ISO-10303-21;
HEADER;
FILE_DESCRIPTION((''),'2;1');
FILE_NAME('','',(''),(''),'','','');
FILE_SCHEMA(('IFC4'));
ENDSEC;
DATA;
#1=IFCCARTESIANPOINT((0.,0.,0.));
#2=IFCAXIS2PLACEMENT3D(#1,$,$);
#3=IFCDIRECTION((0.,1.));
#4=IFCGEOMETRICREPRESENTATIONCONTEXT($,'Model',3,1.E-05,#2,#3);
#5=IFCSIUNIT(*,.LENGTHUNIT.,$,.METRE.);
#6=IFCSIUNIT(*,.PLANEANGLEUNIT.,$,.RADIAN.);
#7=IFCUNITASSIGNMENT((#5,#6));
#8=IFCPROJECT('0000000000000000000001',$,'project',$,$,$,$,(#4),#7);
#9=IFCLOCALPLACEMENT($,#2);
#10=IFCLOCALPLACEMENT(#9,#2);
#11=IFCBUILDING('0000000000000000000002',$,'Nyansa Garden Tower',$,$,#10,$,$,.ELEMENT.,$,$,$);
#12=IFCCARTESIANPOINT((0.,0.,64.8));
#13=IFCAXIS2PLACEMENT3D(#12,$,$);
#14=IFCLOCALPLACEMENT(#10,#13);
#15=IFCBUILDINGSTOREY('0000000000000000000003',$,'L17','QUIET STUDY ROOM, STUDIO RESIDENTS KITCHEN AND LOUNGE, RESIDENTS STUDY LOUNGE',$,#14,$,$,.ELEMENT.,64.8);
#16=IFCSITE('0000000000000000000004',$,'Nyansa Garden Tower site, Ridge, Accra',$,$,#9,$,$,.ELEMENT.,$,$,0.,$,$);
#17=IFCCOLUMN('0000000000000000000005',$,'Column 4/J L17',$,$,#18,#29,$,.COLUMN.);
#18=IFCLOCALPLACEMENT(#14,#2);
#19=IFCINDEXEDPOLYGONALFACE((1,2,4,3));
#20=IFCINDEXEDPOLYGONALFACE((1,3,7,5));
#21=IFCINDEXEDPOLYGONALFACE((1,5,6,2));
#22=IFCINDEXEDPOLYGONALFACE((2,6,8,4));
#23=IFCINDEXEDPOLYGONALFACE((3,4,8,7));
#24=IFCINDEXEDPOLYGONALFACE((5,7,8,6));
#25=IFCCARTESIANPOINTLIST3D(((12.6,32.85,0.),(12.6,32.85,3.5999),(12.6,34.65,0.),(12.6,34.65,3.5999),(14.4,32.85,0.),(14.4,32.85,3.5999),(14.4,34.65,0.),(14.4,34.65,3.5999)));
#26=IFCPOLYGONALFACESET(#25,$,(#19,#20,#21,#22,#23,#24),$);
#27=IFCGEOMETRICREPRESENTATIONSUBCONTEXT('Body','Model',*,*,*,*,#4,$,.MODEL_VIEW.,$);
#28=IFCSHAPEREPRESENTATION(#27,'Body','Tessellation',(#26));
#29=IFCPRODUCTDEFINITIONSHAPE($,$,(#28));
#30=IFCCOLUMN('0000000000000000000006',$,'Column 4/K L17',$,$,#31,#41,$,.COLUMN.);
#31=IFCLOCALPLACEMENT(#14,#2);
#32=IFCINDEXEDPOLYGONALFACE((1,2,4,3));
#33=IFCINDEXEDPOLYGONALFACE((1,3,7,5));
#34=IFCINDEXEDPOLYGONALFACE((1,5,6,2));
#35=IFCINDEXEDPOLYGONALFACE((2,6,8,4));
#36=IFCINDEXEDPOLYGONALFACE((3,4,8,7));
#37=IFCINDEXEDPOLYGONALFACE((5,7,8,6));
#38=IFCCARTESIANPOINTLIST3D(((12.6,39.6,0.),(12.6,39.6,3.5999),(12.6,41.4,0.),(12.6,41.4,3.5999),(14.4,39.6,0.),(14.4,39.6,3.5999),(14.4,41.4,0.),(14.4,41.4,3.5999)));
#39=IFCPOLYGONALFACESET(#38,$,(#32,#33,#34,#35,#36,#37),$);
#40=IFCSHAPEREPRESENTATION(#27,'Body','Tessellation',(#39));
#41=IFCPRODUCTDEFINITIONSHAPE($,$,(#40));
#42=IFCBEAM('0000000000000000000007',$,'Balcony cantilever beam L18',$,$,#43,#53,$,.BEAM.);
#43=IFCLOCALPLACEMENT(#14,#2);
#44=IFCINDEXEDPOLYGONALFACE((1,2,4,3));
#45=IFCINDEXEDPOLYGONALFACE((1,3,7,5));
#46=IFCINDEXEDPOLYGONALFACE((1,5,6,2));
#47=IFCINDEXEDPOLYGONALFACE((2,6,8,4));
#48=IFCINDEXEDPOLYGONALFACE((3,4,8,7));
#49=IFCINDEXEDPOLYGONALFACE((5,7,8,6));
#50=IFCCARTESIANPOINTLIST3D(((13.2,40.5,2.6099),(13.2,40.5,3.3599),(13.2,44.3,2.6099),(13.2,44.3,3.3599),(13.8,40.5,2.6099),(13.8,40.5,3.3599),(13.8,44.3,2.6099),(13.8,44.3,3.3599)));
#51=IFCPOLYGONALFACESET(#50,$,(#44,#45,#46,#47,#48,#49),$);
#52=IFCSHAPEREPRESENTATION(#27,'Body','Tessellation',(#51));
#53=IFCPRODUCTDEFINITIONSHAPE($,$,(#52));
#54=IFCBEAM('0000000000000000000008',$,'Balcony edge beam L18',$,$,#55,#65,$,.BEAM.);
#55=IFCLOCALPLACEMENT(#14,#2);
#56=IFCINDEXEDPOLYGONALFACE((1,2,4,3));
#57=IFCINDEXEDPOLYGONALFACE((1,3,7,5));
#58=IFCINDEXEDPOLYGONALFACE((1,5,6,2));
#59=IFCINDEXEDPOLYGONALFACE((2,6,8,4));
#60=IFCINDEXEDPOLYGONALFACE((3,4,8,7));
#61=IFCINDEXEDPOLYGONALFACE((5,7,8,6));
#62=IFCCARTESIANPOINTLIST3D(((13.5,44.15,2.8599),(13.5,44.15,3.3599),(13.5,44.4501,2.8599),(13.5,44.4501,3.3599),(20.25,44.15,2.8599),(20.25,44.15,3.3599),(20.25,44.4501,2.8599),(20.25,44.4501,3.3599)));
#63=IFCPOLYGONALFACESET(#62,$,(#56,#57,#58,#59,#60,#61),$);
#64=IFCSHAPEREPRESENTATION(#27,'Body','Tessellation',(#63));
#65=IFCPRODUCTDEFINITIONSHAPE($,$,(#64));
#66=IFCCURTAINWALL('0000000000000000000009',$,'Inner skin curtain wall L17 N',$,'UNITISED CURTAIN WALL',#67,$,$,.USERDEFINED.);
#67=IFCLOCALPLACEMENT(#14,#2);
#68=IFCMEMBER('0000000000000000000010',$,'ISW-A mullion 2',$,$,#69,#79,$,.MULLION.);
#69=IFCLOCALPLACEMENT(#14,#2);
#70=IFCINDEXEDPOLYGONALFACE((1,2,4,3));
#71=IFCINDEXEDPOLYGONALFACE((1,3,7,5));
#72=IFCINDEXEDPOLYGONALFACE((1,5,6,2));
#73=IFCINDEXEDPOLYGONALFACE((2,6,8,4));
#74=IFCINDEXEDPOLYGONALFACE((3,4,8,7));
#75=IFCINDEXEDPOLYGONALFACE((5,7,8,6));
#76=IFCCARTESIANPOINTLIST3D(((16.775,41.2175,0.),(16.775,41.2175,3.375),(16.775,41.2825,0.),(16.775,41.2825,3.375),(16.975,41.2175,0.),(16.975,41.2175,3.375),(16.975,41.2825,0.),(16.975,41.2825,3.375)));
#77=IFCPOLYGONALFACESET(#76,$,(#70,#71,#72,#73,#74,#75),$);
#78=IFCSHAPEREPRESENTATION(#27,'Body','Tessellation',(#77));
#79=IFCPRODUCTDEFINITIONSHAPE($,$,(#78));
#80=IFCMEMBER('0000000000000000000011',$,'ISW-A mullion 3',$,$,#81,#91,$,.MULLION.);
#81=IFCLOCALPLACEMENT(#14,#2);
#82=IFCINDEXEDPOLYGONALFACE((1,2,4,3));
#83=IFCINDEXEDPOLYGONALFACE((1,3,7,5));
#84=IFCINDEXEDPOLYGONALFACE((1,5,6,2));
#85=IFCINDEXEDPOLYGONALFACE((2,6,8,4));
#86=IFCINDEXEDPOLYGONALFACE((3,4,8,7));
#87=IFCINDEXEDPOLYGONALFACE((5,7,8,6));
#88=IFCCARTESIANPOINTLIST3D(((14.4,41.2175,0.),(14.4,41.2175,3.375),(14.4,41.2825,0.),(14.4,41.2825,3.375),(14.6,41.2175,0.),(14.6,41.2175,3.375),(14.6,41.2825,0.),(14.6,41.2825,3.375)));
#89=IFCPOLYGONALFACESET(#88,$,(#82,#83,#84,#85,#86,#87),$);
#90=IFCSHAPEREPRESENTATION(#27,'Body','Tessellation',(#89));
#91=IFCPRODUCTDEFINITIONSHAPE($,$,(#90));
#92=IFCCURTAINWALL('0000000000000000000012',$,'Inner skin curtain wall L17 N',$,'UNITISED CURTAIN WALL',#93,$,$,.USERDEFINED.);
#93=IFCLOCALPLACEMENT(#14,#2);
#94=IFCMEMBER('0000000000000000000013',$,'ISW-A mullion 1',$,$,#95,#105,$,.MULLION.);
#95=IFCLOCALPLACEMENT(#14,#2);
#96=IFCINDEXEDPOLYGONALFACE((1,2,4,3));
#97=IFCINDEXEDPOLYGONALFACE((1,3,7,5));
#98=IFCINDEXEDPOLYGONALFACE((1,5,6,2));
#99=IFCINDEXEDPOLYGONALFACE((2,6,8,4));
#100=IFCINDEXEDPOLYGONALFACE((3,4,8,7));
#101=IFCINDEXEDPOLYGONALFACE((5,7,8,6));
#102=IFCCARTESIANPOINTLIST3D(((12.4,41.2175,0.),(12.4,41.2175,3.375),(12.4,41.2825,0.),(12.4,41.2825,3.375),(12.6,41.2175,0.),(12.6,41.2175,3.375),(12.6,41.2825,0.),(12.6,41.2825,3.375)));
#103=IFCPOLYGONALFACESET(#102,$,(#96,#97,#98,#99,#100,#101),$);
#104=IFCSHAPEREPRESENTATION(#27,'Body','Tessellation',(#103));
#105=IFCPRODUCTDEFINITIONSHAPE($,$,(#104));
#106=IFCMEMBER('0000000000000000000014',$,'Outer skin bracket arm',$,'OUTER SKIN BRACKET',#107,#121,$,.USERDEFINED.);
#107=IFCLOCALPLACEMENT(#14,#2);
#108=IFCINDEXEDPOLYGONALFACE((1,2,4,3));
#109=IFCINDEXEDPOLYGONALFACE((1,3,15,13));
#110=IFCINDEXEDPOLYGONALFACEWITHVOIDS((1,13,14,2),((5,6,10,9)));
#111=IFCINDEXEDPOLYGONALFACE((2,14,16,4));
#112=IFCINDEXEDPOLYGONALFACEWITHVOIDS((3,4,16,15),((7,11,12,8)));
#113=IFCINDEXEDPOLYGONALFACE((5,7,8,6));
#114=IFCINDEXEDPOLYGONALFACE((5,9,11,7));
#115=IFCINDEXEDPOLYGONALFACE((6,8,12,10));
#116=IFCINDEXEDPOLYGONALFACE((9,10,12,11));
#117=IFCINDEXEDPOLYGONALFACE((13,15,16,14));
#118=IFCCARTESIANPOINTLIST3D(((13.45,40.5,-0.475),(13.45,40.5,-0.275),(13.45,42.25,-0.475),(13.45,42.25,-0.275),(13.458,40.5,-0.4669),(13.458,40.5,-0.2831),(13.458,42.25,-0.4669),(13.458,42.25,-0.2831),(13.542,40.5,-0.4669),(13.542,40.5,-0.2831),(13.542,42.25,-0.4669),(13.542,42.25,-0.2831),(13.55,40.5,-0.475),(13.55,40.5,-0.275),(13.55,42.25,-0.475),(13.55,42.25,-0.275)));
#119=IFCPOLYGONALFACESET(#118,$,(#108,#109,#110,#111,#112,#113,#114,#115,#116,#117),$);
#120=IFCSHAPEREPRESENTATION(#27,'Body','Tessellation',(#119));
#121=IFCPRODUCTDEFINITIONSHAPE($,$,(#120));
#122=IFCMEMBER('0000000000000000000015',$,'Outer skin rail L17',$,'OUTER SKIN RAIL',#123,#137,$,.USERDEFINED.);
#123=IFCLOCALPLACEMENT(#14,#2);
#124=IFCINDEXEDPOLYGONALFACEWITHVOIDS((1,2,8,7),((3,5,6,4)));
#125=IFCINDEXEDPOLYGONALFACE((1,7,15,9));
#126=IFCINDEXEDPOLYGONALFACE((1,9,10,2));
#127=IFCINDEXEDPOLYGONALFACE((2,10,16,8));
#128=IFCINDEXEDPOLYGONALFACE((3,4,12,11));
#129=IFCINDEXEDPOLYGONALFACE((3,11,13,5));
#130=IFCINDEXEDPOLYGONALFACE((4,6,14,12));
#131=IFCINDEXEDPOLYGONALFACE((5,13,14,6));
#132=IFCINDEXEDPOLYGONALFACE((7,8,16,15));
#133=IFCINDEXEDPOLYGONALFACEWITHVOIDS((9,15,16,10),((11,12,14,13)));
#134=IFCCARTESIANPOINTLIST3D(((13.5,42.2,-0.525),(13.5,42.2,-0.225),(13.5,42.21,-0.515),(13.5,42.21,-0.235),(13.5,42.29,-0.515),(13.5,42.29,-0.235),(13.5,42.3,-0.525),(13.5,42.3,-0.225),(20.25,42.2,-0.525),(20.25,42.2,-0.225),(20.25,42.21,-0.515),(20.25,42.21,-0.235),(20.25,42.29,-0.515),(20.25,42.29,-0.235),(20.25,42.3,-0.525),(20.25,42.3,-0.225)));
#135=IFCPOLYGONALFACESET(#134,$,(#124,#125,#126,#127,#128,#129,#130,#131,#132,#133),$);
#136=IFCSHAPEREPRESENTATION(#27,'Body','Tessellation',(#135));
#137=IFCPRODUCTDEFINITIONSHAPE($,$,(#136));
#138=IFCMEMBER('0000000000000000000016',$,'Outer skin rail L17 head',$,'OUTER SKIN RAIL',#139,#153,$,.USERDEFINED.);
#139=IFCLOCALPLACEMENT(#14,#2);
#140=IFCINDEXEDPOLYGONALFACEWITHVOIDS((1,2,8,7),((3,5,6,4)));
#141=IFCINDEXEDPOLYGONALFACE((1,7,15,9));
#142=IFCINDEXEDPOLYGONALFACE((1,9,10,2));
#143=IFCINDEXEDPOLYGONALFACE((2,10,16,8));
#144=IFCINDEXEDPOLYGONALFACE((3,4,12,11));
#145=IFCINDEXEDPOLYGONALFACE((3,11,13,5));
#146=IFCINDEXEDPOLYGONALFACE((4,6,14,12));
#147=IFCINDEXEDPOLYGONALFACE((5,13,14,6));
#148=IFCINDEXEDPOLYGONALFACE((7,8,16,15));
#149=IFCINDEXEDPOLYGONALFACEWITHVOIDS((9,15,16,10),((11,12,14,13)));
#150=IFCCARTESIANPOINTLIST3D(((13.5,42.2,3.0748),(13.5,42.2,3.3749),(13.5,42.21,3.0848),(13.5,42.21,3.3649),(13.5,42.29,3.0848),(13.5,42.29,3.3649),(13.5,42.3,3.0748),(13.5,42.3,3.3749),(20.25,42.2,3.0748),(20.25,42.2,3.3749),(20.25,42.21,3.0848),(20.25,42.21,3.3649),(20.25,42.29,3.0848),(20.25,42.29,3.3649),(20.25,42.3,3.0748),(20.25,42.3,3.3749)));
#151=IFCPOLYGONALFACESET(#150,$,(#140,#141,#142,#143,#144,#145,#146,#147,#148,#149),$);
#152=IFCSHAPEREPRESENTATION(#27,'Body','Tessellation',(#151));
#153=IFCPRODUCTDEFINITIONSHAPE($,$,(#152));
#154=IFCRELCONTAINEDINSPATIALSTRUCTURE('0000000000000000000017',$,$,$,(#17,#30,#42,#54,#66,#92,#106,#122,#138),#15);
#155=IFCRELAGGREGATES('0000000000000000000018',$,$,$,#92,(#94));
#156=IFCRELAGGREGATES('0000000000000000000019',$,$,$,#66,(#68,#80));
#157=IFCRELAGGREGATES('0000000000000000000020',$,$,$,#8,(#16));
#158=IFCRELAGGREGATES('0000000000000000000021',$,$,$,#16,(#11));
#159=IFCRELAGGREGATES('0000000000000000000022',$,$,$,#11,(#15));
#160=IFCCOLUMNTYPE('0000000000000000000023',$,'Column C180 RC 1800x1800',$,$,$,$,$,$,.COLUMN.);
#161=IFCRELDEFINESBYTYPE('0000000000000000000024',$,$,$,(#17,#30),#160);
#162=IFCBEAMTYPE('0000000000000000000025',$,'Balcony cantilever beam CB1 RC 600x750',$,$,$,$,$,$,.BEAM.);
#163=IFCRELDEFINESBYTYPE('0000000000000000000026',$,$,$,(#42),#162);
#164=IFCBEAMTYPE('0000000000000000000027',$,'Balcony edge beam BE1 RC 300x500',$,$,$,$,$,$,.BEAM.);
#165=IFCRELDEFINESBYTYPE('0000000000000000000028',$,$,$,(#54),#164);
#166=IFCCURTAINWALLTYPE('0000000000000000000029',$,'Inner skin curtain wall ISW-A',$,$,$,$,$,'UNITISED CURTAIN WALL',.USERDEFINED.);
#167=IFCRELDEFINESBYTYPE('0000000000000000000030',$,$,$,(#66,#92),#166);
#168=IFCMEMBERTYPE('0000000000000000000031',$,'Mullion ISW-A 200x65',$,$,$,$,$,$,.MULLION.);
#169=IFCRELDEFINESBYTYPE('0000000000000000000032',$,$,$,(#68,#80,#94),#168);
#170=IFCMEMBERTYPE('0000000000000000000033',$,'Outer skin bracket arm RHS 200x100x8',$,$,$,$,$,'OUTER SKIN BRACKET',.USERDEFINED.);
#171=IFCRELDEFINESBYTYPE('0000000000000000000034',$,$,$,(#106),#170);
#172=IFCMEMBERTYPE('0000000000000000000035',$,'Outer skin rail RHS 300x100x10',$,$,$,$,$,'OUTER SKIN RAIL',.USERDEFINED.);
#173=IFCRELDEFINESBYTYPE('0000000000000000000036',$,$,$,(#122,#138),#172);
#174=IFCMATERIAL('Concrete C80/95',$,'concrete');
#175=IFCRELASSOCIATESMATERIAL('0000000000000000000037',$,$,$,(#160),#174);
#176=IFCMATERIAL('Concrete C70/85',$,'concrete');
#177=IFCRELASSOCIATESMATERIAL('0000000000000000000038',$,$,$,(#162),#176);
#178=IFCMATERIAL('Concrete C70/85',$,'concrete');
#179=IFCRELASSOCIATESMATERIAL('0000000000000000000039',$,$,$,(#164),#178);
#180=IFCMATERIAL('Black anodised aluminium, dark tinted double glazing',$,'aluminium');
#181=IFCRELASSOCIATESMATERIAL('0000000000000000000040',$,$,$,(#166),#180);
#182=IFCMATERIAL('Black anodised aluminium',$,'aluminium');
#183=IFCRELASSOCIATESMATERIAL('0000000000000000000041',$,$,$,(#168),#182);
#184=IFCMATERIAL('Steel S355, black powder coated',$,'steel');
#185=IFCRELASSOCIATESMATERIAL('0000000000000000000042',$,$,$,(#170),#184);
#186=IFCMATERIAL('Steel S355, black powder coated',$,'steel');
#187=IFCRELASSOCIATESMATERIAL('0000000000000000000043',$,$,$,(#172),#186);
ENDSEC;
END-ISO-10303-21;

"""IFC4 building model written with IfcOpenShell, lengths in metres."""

from ifc_helpers import new_model, si_unit, direction, frame, origin, origin_2d, place, context, subcontext, project, spatial, rectangle, hollow_rectangle, extrude, material, material_profile, profile_set, type_object, element, aggregate, save


model = new_model("IFC4")

# Units and contexts
model_context = context("Model", 3, precision=1e-05, world=origin(), true_north=direction((0.0, 1.0)))
body_context = subcontext(model_context, "Body", "Model", "MODEL_VIEW")
ifc_project = project(units=[si_unit("LENGTHUNIT", "METRE"), si_unit("PLANEANGLEUNIT", "RADIAN")], contexts=[model_context])

# Site, building, storey
site_placement = place(None, origin())
site = spatial("IfcSite", under=ifc_project, at=site_placement, Name="Nyansa Garden Tower site, Ridge, Accra", CompositionType="ELEMENT", RefElevation=0.0)
building_placement = place(site_placement, origin())
building = spatial("IfcBuilding", under=site, at=building_placement, Name="Nyansa Garden Tower", CompositionType="ELEMENT")
storey_placement = place(building_placement, frame((0.0, 0.0, 64.8)))
storey = spatial("IfcBuildingStorey", under=building, at=storey_placement, Name="L17", Description="QUIET STUDY ROOM, STUDIO RESIDENTS KITCHEN AND LOUNGE, RESIDENTS STUDY LOUNGE", CompositionType="ELEMENT", Elevation=64.8)

# Columns
ifc_material_1 = material(Name="Concrete C80/95", Category="concrete")
ifc_material_profile_1 = material_profile(ifc_material_1, rectangle(XDim=1.8, YDim=1.8, at=origin_2d()), Name="RC 1800x1800")
ifc_profile_set_1 = profile_set([ifc_material_profile_1], Name="Concrete C80/95")
column_type = type_object("IfcColumnType", Name="Column C180 RC 1800x1800", PredefinedType="COLUMN", material=ifc_profile_set_1)
for number, where, z_axis, x_axis, name in (
    (1, (13.5, 33.75, 0.0), (0.0, 0.0, 1.0), (1.0, 0.0, 0.0), "Column 4/J L17"),
    (2, (13.5, 40.5, 0.0), (0.0, 0.0, 1.0), (1.0, 0.0, 0.0), "Column 4/K L17"),
):
    element("IfcColumn", number, at=place(storey_placement, frame(where, z_axis=z_axis, x_axis=x_axis)), inside=storey, type_object=column_type, Name=name, PredefinedType="COLUMN", context=body_context, shape_type="SweptSolid", body=[
        extrude(rectangle(XDim=1.8, YDim=1.8, at=origin_2d()), origin(), (0.0, 0.0, 1.0), 3.5999),
    ])

# Beams
ifc_material_2 = material(Name="Concrete C70/85", Category="concrete")
ifc_material_profile_2 = material_profile(ifc_material_2, rectangle(XDim=0.6001, YDim=0.75, at=origin_2d()), Name="RC 600x750")
ifc_profile_set_2 = profile_set([ifc_material_profile_2], Name="Concrete C70/85")
beam_type_1 = type_object("IfcBeamType", Name="Balcony cantilever beam CB1 RC 600x750", PredefinedType="BEAM", material=ifc_profile_set_2)
beam_1_placement = place(storey_placement, frame((13.5, 40.5, 2.9849), z_axis=(0.0, 1.0, 0.0), x_axis=(-1.0, 0.0, 0.0)))
element("IfcBeam", 3, at=beam_1_placement, inside=storey, type_object=beam_type_1, Name="Balcony cantilever beam L18", PredefinedType="BEAM", context=body_context, shape_type="SweptSolid", body=[
    extrude(rectangle(XDim=0.6001, YDim=0.75, at=origin_2d()), origin(), (0.0, 0.0, 1.0), 3.8),
])
ifc_material_3 = material(Name="Concrete C70/85", Category="concrete")
ifc_material_profile_3 = material_profile(ifc_material_3, rectangle(XDim=0.3, YDim=0.5, at=origin_2d()), Name="RC 300x500")
ifc_profile_set_3 = profile_set([ifc_material_profile_3], Name="Concrete C70/85")
beam_type_2 = type_object("IfcBeamType", Name="Balcony edge beam BE1 RC 300x500", PredefinedType="BEAM", material=ifc_profile_set_3)
beam_2_placement = place(storey_placement, frame((13.5, 44.3, 3.1099), z_axis=(1.0, 0.0, 0.0), x_axis=(0.0, 1.0, 0.0)))
element("IfcBeam", 4, at=beam_2_placement, inside=storey, type_object=beam_type_2, Name="Balcony edge beam L18", PredefinedType="BEAM", context=body_context, shape_type="SweptSolid", body=[
    extrude(rectangle(XDim=0.3, YDim=0.5, at=origin_2d()), origin(), (0.0, 0.0, 1.0), 6.75),
])

# Curtain wall, members
ifc_material_4 = material(Name="Black anodised aluminium, dark tinted double glazing", Category="aluminium")
curtain_wall_type = type_object("IfcCurtainWallType", Name="Inner skin curtain wall ISW-A", ElementType="UNITISED CURTAIN WALL", PredefinedType="USERDEFINED", material=ifc_material_4)
curtain_wall_1_placement = place(storey_placement, origin())
curtain_wall_1 = element("IfcCurtainWall", 5, at=curtain_wall_1_placement, inside=storey, type_object=curtain_wall_type, Name="Inner skin curtain wall L17 N", ObjectType="UNITISED CURTAIN WALL", PredefinedType="USERDEFINED")
ifc_material_5 = material(Name="Black anodised aluminium", Category="aluminium")
ifc_material_profile_4 = material_profile(ifc_material_5, rectangle(XDim=0.0649, YDim=0.2, at=origin_2d()), Name="Mullion 200x65")
ifc_profile_set_4 = profile_set([ifc_material_profile_4], Name="Black anodised aluminium")
member_type_1 = type_object("IfcMemberType", Name="Mullion ISW-A 200x65", PredefinedType="MULLION", material=ifc_profile_set_4)
member_1_placement = place(storey_placement, frame((16.875, 41.25, 0.0), z_axis=(0.0, 0.0, 1.0), x_axis=(0.0, -1.0, 0.0)))
member_1 = element("IfcMember", 6, at=member_1_placement, type_object=member_type_1, Name="ISW-A mullion 2", PredefinedType="MULLION", context=body_context, shape_type="SweptSolid", body=[
    extrude(rectangle(XDim=0.0649, YDim=0.2, at=origin_2d()), origin(), (0.0, 0.0, 1.0), 3.375),
])
member_2_placement = place(storey_placement, frame((14.5, 41.25, 0.0), z_axis=(0.0, 0.0, 1.0), x_axis=(0.0, -1.0, 0.0)))
member_2 = element("IfcMember", 7, at=member_2_placement, type_object=member_type_1, Name="ISW-A mullion 3", PredefinedType="MULLION", context=body_context, shape_type="SweptSolid", body=[
    extrude(rectangle(XDim=0.0649, YDim=0.2, at=origin_2d()), origin(), (0.0, 0.0, 1.0), 3.375),
])

# Curtain wall, member
curtain_wall_2_placement = place(storey_placement, origin())
curtain_wall_2 = element("IfcCurtainWall", 8, at=curtain_wall_2_placement, inside=storey, type_object=curtain_wall_type, Name="Inner skin curtain wall L17 N", ObjectType="UNITISED CURTAIN WALL", PredefinedType="USERDEFINED")
member_3_placement = place(storey_placement, frame((12.5, 41.25, 0.0), z_axis=(0.0, 0.0, 1.0), x_axis=(0.0, -1.0, 0.0)))
member_3 = element("IfcMember", 9, at=member_3_placement, type_object=member_type_1, Name="ISW-A mullion 1", PredefinedType="MULLION", context=body_context, shape_type="SweptSolid", body=[
    extrude(rectangle(XDim=0.0649, YDim=0.2, at=origin_2d()), origin(), (0.0, 0.0, 1.0), 3.375),
])

# Members
ifc_material_6 = material(Name="Steel S355, black powder coated", Category="steel")
ifc_material_profile_5 = material_profile(ifc_material_6, hollow_rectangle(XDim=0.1001, YDim=0.2, WallThickness=0.0081, at=origin_2d()), Name="RHS 200x100x8")
ifc_profile_set_5 = profile_set([ifc_material_profile_5], Name="Steel S355, black powder coated")
member_type_2 = type_object("IfcMemberType", Name="Outer skin bracket arm RHS 200x100x8", ElementType="OUTER SKIN BRACKET", PredefinedType="USERDEFINED", material=ifc_profile_set_5)
member_4_placement = place(storey_placement, frame((13.5, 40.5, -0.375), z_axis=(0.0, 1.0, 0.0), x_axis=(-1.0, 0.0, 0.0)))
element("IfcMember", 10, at=member_4_placement, inside=storey, type_object=member_type_2, Name="Outer skin bracket arm", ObjectType="OUTER SKIN BRACKET", PredefinedType="USERDEFINED", context=body_context, shape_type="SweptSolid", body=[
    extrude(hollow_rectangle(XDim=0.1001, YDim=0.2, WallThickness=0.0081, at=origin_2d()), origin(), (0.0, 0.0, 1.0), 1.75),
])
ifc_material_7 = material(Name="Steel S355, black powder coated", Category="steel")
ifc_material_profile_6 = material_profile(ifc_material_7, hollow_rectangle(XDim=0.1001, YDim=0.3, WallThickness=0.01, at=origin_2d()), Name="RHS 300x100x10")
ifc_profile_set_6 = profile_set([ifc_material_profile_6], Name="Steel S355, black powder coated")
member_type_3 = type_object("IfcMemberType", Name="Outer skin rail RHS 300x100x10", ElementType="OUTER SKIN RAIL", PredefinedType="USERDEFINED", material=ifc_profile_set_6)
for number, where, z_axis, x_axis, name in (
    (11, (13.5, 42.25, -0.375), (1.0, 0.0, 0.0), (0.0, 1.0, 0.0), "Outer skin rail L17"),
    (12, (13.5, 42.25, 3.2249), (1.0, 0.0, 0.0), (0.0, 1.0, 0.0), "Outer skin rail L17 head"),
):
    element("IfcMember", number, at=place(storey_placement, frame(where, z_axis=z_axis, x_axis=x_axis)), inside=storey, type_object=member_type_3, Name=name, ObjectType="OUTER SKIN RAIL", PredefinedType="USERDEFINED", context=body_context, shape_type="SweptSolid", body=[
        extrude(hollow_rectangle(XDim=0.1001, YDim=0.3, WallThickness=0.01, at=origin_2d()), origin(), (0.0, 0.0, 1.0), 6.75),
    ])

aggregate(curtain_wall_2, [member_3])

aggregate(curtain_wall_1, [member_1, member_2])

save(model, "model.ifc")
